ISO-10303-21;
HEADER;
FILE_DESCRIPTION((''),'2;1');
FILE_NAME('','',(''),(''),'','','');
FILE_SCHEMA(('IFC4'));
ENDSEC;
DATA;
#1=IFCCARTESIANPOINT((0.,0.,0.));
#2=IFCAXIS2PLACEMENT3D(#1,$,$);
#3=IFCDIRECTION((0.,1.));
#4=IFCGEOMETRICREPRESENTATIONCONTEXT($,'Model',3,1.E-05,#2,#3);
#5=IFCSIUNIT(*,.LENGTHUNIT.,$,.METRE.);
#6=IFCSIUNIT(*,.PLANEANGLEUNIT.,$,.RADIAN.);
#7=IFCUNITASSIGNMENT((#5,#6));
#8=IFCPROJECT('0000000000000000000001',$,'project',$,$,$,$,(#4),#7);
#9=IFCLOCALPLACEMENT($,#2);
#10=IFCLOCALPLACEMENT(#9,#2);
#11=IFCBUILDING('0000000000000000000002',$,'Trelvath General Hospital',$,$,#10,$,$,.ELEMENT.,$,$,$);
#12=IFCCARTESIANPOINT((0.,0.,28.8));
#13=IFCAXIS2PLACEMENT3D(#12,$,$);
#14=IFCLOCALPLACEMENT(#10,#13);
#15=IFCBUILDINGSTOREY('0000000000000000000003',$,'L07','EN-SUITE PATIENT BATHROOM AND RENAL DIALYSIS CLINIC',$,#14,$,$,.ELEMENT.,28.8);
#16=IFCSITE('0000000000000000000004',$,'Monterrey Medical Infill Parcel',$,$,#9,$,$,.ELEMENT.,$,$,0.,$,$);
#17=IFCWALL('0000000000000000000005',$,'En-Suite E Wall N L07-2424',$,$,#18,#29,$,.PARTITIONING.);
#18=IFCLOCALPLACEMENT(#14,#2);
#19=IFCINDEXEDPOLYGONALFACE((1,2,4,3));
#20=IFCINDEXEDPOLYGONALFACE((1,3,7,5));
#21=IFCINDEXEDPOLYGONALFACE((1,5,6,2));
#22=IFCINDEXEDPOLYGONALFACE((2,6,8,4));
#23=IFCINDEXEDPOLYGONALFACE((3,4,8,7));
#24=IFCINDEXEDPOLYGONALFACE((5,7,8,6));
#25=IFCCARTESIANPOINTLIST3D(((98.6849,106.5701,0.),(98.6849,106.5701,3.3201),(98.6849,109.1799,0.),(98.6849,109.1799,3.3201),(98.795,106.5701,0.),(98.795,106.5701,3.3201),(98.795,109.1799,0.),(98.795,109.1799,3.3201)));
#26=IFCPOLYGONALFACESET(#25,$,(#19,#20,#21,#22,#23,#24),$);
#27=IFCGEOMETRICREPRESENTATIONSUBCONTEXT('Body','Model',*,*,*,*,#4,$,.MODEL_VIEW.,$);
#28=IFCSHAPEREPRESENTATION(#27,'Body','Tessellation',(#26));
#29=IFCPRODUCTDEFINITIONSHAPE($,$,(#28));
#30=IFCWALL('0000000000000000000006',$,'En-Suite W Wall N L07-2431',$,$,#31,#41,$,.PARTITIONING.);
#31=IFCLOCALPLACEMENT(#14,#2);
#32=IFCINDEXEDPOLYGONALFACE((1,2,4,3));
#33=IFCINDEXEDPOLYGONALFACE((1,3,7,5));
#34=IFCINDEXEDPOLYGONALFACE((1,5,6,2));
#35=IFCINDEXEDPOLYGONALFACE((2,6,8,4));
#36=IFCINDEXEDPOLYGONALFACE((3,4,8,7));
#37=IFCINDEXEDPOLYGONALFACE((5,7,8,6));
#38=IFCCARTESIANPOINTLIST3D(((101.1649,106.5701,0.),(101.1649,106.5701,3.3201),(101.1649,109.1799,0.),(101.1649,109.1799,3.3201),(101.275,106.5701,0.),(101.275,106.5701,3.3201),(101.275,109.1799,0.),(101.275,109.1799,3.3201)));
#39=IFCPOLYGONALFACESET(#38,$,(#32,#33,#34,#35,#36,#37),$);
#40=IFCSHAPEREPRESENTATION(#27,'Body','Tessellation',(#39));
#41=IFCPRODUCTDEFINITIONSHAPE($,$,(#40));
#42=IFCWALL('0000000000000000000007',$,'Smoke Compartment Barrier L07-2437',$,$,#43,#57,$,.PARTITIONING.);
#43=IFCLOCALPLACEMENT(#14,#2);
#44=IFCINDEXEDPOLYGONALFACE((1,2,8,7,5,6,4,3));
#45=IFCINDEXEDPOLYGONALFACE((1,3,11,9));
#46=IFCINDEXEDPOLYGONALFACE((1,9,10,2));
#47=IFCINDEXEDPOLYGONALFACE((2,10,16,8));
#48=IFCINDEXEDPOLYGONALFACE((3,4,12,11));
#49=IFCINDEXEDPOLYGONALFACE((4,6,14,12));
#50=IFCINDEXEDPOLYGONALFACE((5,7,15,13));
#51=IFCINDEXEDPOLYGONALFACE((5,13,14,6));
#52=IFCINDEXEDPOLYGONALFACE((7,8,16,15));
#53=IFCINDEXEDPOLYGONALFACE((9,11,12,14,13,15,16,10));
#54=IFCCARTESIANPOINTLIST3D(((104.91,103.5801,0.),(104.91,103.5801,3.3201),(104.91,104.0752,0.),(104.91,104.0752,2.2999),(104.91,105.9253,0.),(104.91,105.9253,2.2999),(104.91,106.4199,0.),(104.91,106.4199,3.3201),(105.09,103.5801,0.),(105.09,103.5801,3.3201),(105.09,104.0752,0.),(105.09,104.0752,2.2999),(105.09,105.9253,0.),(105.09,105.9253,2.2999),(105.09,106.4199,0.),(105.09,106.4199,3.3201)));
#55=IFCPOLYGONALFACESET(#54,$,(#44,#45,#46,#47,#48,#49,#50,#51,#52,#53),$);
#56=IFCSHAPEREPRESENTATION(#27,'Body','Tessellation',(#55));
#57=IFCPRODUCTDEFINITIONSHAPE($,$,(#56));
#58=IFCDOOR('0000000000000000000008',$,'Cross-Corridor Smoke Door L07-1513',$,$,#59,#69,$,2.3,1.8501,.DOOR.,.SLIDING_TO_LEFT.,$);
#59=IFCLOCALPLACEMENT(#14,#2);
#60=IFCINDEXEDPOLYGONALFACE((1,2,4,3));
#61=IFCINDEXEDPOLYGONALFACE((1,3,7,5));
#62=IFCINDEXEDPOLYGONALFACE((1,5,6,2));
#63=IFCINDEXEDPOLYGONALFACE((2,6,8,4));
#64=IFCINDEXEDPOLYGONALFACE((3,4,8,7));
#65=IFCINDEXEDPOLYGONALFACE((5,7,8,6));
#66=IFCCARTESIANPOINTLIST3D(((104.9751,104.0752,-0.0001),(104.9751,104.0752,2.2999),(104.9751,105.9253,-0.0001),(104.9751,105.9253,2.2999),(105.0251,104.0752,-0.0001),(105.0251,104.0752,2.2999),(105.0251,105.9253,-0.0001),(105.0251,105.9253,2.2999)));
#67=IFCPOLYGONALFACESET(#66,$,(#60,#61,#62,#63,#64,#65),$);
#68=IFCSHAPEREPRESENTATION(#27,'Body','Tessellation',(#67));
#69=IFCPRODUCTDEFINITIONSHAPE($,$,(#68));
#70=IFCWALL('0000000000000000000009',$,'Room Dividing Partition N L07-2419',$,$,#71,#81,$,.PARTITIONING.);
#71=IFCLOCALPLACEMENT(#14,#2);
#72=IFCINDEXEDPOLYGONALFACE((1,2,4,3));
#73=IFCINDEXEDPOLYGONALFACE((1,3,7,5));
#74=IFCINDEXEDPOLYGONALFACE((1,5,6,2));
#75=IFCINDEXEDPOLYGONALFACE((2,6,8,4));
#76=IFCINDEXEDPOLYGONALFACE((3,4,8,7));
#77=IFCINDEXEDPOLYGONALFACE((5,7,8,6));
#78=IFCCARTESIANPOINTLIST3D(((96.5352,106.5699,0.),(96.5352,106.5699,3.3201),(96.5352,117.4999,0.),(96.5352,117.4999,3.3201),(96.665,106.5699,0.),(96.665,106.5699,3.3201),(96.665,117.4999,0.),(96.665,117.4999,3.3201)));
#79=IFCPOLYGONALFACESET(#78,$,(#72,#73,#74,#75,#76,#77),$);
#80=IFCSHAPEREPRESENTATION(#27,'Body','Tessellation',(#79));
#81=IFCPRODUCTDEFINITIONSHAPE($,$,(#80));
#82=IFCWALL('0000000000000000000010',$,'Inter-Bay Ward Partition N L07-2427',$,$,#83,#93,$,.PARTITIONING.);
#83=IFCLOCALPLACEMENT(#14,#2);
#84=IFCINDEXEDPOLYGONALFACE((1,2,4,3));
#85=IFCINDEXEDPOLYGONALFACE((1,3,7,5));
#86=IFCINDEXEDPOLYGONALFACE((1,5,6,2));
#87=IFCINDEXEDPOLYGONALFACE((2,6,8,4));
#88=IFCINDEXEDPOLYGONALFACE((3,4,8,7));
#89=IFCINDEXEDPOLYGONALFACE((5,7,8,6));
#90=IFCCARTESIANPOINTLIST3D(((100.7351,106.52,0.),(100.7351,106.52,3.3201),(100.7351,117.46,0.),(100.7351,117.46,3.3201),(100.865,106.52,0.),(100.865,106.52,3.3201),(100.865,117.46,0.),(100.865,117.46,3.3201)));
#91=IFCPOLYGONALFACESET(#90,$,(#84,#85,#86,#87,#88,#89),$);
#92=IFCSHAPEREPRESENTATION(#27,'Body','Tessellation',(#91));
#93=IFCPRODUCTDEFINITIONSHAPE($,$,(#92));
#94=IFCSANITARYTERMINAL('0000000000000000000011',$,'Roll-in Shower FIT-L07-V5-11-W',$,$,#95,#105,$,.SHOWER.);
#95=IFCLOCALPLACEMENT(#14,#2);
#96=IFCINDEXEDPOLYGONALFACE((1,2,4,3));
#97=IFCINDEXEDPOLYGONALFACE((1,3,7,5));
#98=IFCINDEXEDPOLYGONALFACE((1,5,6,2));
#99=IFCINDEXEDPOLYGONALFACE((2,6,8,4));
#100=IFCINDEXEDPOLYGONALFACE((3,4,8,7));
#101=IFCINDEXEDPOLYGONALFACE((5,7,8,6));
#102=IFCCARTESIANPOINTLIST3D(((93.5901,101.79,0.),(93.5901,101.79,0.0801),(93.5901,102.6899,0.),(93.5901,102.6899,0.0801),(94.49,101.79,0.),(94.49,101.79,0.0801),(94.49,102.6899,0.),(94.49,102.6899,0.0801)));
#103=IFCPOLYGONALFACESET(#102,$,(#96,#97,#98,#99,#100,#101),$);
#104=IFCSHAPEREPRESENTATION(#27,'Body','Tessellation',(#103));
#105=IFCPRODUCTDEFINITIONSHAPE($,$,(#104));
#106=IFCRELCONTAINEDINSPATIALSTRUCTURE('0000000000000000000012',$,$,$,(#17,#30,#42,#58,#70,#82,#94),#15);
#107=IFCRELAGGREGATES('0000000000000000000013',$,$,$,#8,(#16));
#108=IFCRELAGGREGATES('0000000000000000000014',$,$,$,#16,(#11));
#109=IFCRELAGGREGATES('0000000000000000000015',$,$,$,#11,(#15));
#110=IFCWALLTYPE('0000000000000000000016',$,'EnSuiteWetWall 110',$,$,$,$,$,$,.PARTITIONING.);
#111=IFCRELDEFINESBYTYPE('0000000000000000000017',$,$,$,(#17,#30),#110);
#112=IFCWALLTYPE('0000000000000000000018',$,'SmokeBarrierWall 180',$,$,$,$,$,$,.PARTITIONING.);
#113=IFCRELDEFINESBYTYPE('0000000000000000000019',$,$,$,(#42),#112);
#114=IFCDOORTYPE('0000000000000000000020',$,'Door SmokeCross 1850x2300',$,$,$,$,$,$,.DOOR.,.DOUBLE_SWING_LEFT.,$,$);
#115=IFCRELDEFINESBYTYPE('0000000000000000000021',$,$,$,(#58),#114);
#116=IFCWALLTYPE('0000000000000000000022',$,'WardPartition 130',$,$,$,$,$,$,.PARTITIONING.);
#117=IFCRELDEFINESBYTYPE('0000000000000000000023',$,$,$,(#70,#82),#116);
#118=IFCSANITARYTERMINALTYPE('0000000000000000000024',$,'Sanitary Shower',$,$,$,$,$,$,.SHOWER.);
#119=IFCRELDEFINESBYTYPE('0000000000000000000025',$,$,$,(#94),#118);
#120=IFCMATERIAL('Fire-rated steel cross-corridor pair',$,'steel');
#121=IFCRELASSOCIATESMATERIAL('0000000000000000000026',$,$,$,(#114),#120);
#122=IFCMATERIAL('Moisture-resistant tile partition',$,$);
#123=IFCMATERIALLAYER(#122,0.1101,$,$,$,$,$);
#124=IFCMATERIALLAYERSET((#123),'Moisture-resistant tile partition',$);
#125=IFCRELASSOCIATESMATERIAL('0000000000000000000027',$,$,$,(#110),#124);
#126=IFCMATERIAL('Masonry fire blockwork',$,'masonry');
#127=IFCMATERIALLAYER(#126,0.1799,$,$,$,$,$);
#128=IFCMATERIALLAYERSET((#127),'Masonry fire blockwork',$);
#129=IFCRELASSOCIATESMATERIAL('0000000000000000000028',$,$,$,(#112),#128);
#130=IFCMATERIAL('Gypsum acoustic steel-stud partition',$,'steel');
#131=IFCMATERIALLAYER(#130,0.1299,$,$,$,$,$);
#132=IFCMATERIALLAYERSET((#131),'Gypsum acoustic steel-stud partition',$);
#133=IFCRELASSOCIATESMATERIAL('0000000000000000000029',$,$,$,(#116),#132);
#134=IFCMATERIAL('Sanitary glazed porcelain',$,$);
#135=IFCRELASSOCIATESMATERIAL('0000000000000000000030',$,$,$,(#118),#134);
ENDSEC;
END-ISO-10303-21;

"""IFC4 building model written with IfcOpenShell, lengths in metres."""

from ifc_helpers import new_model, si_unit, direction, frame, frame_2d, origin, origin_2d, place, context, subcontext, project, spatial, rectangle, extrude, material, layer, layer_set, type_object, element, fill, save


model = new_model("IFC4")

# Units and contexts
model_context = context("Model", 3, precision=1e-05, world=origin(), true_north=direction((0.0, 1.0)))
body_context = subcontext(model_context, "Body", "Model", "MODEL_VIEW")
ifc_project = project(units=[si_unit("LENGTHUNIT", "METRE"), si_unit("PLANEANGLEUNIT", "RADIAN")], contexts=[model_context])

# Site, building, storey
site_placement = place(None, origin())
site = spatial("IfcSite", under=ifc_project, at=site_placement, Name="Monterrey Medical Infill Parcel", CompositionType="ELEMENT", RefElevation=0.0)
building_placement = place(site_placement, origin())
building = spatial("IfcBuilding", under=site, at=building_placement, Name="Trelvath General Hospital", CompositionType="ELEMENT")
storey_placement = place(building_placement, frame((0.0, 0.0, 28.8)))
storey = spatial("IfcBuildingStorey", under=building, at=storey_placement, Name="L07", Description="EN-SUITE PATIENT BATHROOM AND RENAL DIALYSIS CLINIC", CompositionType="ELEMENT", Elevation=28.8)

# Shared definitions
ifc_material_1 = material(Name="Fire-rated steel cross-corridor pair", Category="steel")
door_type_1 = type_object("IfcDoorType", Name="Door SmokeCross 1850x2300", OperationType="DOUBLE_SWING_LEFT", PredefinedType="DOOR", material=ifc_material_1)

# Walls
ifc_material_2 = material(Name="Moisture-resistant tile partition")
ifc_layer_1 = layer(ifc_material_2, 0.1101)
ifc_layer_set_1 = layer_set([ifc_layer_1], Name="Moisture-resistant tile partition")
wall_type_1 = type_object("IfcWallType", Name="EnSuiteWetWall 110", PredefinedType="PARTITIONING", material=ifc_layer_set_1)
for number, where, z_axis, x_axis, name in (
    (1, (98.74, 106.5701, 0.0), (0.0, 0.0, 1.0), (0.0, 1.0, 0.0), "En-Suite E Wall N L07-2424"),
    (2, (101.22, 106.5701, 0.0), (0.0, 0.0, 1.0), (0.0, 1.0, 0.0), "En-Suite W Wall N L07-2431"),
):
    element("IfcWall", number, at=place(storey_placement, frame(where, z_axis=z_axis, x_axis=x_axis)), inside=storey, type_object=wall_type_1, Name=name, PredefinedType="PARTITIONING", context=body_context, shape_type="SweptSolid", body=[
        extrude(rectangle(XDim=2.6099, YDim=0.1101, at=frame_2d((1.3049, 0.0))), origin(), (0.0, 0.0, 1.0), 3.3201),
    ])

# Wall, opening, door
ifc_material_3 = material(Name="Masonry fire blockwork", Category="masonry")
ifc_layer_2 = layer(ifc_material_3, 0.1799)
ifc_layer_set_2 = layer_set([ifc_layer_2], Name="Masonry fire blockwork")
wall_type_2 = type_object("IfcWallType", Name="SmokeBarrierWall 180", PredefinedType="PARTITIONING", material=ifc_layer_set_2)
wall_1_placement = place(storey_placement, frame((105.0, 103.5801, 0.0), z_axis=(0.0, 0.0, 1.0), x_axis=(0.0, 1.0, 0.0)))
wall_1 = element("IfcWall", 3, at=wall_1_placement, inside=storey, type_object=wall_type_2, Name="Smoke Compartment Barrier L07-2437", PredefinedType="PARTITIONING", context=body_context, shape_type="SweptSolid", body=[
    extrude(rectangle(XDim=2.8398, YDim=0.1799, at=frame_2d((1.4199, 0.0))), origin(), (0.0, 0.0, 1.0), 3.3201),
])
opening_1_placement = place(wall_1_placement, frame((0.4951, 0.0, 0.0)))
opening_1 = element("IfcOpeningElement", 4, at=opening_1_placement, cuts=wall_1, PredefinedType="OPENING", context=body_context, shape_type="SweptSolid", body=[
    extrude(rectangle(XDim=1.8501, YDim=2.3, at=frame_2d((0.925, 1.1499))), frame((0.0, 0.0999, 0.0), z_axis=(0.0, -1.0, 0.0), x_axis=(1.0, 0.0, 0.0)), (0.0, 0.0, 1.0), 0.2),
])
door_1_placement = place(opening_1_placement, origin())
door_1 = element("IfcDoor", 5, at=door_1_placement, inside=storey, type_object=door_type_1, Name="Cross-Corridor Smoke Door L07-1513", OperationType="SLIDING_TO_LEFT", OverallHeight=2.3, OverallWidth=1.8501, PredefinedType="DOOR", context=body_context, shape_type="SweptSolid", body=[
    extrude(rectangle(XDim=1.8501, YDim=2.3, at=frame_2d((0.925, 1.1499))), frame((0.0, 0.0249, 0.0), z_axis=(0.0, -1.0, 0.0), x_axis=(1.0, 0.0, 0.0)), (0.0, 0.0, 1.0), 0.05),
])
fill(opening_1, door_1)

# Walls
ifc_material_4 = material(Name="Gypsum acoustic steel-stud partition", Category="steel")
ifc_layer_3 = layer(ifc_material_4, 0.1299)
ifc_layer_set_3 = layer_set([ifc_layer_3], Name="Gypsum acoustic steel-stud partition")
wall_type_3 = type_object("IfcWallType", Name="WardPartition 130", PredefinedType="PARTITIONING", material=ifc_layer_set_3)
wall_2_placement = place(storey_placement, frame((96.6001, 106.5701, 0.0), z_axis=(0.0, 0.0, 1.0), x_axis=(0.0, 1.0, 0.0)))
element("IfcWall", 6, at=wall_2_placement, inside=storey, type_object=wall_type_3, Name="Room Dividing Partition N L07-2419", PredefinedType="PARTITIONING", context=body_context, shape_type="SweptSolid", body=[
    extrude(rectangle(XDim=10.9299, YDim=0.1299, at=frame_2d((5.4648, 0.0))), origin(), (0.0, 0.0, 1.0), 3.3201),
])
wall_3_placement = place(storey_placement, frame((100.8, 106.52, 0.0), z_axis=(0.0, 0.0, 1.0), x_axis=(0.0, 1.0, 0.0)))
element("IfcWall", 7, at=wall_3_placement, inside=storey, type_object=wall_type_3, Name="Inter-Bay Ward Partition N L07-2427", PredefinedType="PARTITIONING", context=body_context, shape_type="SweptSolid", body=[
    extrude(rectangle(XDim=10.9399, YDim=0.1299, at=frame_2d((5.47, 0.0))), origin(), (0.0, 0.0, 1.0), 3.3201),
])

# Sanitary terminal
ifc_material_5 = material(Name="Sanitary glazed porcelain")
sanitary_terminal_type = type_object("IfcSanitaryTerminalType", Name="Sanitary Shower", PredefinedType="SHOWER", material=ifc_material_5)
sanitary_terminal_placement = place(storey_placement, frame((94.04, 102.24, 0.0), z_axis=(0.0, 0.0, 1.0), x_axis=(1.0, 0.0, 0.0)))
element("IfcSanitaryTerminal", 8, at=sanitary_terminal_placement, inside=storey, type_object=sanitary_terminal_type, Name="Roll-in Shower FIT-L07-V5-11-W", PredefinedType="SHOWER", context=body_context, shape_type="SweptSolid", body=[
    extrude(rectangle(XDim=0.8999, YDim=0.8999, at=origin_2d()), origin(), (0.0, 0.0, 1.0), 0.0801),
])

save(model, "model.ifc")
